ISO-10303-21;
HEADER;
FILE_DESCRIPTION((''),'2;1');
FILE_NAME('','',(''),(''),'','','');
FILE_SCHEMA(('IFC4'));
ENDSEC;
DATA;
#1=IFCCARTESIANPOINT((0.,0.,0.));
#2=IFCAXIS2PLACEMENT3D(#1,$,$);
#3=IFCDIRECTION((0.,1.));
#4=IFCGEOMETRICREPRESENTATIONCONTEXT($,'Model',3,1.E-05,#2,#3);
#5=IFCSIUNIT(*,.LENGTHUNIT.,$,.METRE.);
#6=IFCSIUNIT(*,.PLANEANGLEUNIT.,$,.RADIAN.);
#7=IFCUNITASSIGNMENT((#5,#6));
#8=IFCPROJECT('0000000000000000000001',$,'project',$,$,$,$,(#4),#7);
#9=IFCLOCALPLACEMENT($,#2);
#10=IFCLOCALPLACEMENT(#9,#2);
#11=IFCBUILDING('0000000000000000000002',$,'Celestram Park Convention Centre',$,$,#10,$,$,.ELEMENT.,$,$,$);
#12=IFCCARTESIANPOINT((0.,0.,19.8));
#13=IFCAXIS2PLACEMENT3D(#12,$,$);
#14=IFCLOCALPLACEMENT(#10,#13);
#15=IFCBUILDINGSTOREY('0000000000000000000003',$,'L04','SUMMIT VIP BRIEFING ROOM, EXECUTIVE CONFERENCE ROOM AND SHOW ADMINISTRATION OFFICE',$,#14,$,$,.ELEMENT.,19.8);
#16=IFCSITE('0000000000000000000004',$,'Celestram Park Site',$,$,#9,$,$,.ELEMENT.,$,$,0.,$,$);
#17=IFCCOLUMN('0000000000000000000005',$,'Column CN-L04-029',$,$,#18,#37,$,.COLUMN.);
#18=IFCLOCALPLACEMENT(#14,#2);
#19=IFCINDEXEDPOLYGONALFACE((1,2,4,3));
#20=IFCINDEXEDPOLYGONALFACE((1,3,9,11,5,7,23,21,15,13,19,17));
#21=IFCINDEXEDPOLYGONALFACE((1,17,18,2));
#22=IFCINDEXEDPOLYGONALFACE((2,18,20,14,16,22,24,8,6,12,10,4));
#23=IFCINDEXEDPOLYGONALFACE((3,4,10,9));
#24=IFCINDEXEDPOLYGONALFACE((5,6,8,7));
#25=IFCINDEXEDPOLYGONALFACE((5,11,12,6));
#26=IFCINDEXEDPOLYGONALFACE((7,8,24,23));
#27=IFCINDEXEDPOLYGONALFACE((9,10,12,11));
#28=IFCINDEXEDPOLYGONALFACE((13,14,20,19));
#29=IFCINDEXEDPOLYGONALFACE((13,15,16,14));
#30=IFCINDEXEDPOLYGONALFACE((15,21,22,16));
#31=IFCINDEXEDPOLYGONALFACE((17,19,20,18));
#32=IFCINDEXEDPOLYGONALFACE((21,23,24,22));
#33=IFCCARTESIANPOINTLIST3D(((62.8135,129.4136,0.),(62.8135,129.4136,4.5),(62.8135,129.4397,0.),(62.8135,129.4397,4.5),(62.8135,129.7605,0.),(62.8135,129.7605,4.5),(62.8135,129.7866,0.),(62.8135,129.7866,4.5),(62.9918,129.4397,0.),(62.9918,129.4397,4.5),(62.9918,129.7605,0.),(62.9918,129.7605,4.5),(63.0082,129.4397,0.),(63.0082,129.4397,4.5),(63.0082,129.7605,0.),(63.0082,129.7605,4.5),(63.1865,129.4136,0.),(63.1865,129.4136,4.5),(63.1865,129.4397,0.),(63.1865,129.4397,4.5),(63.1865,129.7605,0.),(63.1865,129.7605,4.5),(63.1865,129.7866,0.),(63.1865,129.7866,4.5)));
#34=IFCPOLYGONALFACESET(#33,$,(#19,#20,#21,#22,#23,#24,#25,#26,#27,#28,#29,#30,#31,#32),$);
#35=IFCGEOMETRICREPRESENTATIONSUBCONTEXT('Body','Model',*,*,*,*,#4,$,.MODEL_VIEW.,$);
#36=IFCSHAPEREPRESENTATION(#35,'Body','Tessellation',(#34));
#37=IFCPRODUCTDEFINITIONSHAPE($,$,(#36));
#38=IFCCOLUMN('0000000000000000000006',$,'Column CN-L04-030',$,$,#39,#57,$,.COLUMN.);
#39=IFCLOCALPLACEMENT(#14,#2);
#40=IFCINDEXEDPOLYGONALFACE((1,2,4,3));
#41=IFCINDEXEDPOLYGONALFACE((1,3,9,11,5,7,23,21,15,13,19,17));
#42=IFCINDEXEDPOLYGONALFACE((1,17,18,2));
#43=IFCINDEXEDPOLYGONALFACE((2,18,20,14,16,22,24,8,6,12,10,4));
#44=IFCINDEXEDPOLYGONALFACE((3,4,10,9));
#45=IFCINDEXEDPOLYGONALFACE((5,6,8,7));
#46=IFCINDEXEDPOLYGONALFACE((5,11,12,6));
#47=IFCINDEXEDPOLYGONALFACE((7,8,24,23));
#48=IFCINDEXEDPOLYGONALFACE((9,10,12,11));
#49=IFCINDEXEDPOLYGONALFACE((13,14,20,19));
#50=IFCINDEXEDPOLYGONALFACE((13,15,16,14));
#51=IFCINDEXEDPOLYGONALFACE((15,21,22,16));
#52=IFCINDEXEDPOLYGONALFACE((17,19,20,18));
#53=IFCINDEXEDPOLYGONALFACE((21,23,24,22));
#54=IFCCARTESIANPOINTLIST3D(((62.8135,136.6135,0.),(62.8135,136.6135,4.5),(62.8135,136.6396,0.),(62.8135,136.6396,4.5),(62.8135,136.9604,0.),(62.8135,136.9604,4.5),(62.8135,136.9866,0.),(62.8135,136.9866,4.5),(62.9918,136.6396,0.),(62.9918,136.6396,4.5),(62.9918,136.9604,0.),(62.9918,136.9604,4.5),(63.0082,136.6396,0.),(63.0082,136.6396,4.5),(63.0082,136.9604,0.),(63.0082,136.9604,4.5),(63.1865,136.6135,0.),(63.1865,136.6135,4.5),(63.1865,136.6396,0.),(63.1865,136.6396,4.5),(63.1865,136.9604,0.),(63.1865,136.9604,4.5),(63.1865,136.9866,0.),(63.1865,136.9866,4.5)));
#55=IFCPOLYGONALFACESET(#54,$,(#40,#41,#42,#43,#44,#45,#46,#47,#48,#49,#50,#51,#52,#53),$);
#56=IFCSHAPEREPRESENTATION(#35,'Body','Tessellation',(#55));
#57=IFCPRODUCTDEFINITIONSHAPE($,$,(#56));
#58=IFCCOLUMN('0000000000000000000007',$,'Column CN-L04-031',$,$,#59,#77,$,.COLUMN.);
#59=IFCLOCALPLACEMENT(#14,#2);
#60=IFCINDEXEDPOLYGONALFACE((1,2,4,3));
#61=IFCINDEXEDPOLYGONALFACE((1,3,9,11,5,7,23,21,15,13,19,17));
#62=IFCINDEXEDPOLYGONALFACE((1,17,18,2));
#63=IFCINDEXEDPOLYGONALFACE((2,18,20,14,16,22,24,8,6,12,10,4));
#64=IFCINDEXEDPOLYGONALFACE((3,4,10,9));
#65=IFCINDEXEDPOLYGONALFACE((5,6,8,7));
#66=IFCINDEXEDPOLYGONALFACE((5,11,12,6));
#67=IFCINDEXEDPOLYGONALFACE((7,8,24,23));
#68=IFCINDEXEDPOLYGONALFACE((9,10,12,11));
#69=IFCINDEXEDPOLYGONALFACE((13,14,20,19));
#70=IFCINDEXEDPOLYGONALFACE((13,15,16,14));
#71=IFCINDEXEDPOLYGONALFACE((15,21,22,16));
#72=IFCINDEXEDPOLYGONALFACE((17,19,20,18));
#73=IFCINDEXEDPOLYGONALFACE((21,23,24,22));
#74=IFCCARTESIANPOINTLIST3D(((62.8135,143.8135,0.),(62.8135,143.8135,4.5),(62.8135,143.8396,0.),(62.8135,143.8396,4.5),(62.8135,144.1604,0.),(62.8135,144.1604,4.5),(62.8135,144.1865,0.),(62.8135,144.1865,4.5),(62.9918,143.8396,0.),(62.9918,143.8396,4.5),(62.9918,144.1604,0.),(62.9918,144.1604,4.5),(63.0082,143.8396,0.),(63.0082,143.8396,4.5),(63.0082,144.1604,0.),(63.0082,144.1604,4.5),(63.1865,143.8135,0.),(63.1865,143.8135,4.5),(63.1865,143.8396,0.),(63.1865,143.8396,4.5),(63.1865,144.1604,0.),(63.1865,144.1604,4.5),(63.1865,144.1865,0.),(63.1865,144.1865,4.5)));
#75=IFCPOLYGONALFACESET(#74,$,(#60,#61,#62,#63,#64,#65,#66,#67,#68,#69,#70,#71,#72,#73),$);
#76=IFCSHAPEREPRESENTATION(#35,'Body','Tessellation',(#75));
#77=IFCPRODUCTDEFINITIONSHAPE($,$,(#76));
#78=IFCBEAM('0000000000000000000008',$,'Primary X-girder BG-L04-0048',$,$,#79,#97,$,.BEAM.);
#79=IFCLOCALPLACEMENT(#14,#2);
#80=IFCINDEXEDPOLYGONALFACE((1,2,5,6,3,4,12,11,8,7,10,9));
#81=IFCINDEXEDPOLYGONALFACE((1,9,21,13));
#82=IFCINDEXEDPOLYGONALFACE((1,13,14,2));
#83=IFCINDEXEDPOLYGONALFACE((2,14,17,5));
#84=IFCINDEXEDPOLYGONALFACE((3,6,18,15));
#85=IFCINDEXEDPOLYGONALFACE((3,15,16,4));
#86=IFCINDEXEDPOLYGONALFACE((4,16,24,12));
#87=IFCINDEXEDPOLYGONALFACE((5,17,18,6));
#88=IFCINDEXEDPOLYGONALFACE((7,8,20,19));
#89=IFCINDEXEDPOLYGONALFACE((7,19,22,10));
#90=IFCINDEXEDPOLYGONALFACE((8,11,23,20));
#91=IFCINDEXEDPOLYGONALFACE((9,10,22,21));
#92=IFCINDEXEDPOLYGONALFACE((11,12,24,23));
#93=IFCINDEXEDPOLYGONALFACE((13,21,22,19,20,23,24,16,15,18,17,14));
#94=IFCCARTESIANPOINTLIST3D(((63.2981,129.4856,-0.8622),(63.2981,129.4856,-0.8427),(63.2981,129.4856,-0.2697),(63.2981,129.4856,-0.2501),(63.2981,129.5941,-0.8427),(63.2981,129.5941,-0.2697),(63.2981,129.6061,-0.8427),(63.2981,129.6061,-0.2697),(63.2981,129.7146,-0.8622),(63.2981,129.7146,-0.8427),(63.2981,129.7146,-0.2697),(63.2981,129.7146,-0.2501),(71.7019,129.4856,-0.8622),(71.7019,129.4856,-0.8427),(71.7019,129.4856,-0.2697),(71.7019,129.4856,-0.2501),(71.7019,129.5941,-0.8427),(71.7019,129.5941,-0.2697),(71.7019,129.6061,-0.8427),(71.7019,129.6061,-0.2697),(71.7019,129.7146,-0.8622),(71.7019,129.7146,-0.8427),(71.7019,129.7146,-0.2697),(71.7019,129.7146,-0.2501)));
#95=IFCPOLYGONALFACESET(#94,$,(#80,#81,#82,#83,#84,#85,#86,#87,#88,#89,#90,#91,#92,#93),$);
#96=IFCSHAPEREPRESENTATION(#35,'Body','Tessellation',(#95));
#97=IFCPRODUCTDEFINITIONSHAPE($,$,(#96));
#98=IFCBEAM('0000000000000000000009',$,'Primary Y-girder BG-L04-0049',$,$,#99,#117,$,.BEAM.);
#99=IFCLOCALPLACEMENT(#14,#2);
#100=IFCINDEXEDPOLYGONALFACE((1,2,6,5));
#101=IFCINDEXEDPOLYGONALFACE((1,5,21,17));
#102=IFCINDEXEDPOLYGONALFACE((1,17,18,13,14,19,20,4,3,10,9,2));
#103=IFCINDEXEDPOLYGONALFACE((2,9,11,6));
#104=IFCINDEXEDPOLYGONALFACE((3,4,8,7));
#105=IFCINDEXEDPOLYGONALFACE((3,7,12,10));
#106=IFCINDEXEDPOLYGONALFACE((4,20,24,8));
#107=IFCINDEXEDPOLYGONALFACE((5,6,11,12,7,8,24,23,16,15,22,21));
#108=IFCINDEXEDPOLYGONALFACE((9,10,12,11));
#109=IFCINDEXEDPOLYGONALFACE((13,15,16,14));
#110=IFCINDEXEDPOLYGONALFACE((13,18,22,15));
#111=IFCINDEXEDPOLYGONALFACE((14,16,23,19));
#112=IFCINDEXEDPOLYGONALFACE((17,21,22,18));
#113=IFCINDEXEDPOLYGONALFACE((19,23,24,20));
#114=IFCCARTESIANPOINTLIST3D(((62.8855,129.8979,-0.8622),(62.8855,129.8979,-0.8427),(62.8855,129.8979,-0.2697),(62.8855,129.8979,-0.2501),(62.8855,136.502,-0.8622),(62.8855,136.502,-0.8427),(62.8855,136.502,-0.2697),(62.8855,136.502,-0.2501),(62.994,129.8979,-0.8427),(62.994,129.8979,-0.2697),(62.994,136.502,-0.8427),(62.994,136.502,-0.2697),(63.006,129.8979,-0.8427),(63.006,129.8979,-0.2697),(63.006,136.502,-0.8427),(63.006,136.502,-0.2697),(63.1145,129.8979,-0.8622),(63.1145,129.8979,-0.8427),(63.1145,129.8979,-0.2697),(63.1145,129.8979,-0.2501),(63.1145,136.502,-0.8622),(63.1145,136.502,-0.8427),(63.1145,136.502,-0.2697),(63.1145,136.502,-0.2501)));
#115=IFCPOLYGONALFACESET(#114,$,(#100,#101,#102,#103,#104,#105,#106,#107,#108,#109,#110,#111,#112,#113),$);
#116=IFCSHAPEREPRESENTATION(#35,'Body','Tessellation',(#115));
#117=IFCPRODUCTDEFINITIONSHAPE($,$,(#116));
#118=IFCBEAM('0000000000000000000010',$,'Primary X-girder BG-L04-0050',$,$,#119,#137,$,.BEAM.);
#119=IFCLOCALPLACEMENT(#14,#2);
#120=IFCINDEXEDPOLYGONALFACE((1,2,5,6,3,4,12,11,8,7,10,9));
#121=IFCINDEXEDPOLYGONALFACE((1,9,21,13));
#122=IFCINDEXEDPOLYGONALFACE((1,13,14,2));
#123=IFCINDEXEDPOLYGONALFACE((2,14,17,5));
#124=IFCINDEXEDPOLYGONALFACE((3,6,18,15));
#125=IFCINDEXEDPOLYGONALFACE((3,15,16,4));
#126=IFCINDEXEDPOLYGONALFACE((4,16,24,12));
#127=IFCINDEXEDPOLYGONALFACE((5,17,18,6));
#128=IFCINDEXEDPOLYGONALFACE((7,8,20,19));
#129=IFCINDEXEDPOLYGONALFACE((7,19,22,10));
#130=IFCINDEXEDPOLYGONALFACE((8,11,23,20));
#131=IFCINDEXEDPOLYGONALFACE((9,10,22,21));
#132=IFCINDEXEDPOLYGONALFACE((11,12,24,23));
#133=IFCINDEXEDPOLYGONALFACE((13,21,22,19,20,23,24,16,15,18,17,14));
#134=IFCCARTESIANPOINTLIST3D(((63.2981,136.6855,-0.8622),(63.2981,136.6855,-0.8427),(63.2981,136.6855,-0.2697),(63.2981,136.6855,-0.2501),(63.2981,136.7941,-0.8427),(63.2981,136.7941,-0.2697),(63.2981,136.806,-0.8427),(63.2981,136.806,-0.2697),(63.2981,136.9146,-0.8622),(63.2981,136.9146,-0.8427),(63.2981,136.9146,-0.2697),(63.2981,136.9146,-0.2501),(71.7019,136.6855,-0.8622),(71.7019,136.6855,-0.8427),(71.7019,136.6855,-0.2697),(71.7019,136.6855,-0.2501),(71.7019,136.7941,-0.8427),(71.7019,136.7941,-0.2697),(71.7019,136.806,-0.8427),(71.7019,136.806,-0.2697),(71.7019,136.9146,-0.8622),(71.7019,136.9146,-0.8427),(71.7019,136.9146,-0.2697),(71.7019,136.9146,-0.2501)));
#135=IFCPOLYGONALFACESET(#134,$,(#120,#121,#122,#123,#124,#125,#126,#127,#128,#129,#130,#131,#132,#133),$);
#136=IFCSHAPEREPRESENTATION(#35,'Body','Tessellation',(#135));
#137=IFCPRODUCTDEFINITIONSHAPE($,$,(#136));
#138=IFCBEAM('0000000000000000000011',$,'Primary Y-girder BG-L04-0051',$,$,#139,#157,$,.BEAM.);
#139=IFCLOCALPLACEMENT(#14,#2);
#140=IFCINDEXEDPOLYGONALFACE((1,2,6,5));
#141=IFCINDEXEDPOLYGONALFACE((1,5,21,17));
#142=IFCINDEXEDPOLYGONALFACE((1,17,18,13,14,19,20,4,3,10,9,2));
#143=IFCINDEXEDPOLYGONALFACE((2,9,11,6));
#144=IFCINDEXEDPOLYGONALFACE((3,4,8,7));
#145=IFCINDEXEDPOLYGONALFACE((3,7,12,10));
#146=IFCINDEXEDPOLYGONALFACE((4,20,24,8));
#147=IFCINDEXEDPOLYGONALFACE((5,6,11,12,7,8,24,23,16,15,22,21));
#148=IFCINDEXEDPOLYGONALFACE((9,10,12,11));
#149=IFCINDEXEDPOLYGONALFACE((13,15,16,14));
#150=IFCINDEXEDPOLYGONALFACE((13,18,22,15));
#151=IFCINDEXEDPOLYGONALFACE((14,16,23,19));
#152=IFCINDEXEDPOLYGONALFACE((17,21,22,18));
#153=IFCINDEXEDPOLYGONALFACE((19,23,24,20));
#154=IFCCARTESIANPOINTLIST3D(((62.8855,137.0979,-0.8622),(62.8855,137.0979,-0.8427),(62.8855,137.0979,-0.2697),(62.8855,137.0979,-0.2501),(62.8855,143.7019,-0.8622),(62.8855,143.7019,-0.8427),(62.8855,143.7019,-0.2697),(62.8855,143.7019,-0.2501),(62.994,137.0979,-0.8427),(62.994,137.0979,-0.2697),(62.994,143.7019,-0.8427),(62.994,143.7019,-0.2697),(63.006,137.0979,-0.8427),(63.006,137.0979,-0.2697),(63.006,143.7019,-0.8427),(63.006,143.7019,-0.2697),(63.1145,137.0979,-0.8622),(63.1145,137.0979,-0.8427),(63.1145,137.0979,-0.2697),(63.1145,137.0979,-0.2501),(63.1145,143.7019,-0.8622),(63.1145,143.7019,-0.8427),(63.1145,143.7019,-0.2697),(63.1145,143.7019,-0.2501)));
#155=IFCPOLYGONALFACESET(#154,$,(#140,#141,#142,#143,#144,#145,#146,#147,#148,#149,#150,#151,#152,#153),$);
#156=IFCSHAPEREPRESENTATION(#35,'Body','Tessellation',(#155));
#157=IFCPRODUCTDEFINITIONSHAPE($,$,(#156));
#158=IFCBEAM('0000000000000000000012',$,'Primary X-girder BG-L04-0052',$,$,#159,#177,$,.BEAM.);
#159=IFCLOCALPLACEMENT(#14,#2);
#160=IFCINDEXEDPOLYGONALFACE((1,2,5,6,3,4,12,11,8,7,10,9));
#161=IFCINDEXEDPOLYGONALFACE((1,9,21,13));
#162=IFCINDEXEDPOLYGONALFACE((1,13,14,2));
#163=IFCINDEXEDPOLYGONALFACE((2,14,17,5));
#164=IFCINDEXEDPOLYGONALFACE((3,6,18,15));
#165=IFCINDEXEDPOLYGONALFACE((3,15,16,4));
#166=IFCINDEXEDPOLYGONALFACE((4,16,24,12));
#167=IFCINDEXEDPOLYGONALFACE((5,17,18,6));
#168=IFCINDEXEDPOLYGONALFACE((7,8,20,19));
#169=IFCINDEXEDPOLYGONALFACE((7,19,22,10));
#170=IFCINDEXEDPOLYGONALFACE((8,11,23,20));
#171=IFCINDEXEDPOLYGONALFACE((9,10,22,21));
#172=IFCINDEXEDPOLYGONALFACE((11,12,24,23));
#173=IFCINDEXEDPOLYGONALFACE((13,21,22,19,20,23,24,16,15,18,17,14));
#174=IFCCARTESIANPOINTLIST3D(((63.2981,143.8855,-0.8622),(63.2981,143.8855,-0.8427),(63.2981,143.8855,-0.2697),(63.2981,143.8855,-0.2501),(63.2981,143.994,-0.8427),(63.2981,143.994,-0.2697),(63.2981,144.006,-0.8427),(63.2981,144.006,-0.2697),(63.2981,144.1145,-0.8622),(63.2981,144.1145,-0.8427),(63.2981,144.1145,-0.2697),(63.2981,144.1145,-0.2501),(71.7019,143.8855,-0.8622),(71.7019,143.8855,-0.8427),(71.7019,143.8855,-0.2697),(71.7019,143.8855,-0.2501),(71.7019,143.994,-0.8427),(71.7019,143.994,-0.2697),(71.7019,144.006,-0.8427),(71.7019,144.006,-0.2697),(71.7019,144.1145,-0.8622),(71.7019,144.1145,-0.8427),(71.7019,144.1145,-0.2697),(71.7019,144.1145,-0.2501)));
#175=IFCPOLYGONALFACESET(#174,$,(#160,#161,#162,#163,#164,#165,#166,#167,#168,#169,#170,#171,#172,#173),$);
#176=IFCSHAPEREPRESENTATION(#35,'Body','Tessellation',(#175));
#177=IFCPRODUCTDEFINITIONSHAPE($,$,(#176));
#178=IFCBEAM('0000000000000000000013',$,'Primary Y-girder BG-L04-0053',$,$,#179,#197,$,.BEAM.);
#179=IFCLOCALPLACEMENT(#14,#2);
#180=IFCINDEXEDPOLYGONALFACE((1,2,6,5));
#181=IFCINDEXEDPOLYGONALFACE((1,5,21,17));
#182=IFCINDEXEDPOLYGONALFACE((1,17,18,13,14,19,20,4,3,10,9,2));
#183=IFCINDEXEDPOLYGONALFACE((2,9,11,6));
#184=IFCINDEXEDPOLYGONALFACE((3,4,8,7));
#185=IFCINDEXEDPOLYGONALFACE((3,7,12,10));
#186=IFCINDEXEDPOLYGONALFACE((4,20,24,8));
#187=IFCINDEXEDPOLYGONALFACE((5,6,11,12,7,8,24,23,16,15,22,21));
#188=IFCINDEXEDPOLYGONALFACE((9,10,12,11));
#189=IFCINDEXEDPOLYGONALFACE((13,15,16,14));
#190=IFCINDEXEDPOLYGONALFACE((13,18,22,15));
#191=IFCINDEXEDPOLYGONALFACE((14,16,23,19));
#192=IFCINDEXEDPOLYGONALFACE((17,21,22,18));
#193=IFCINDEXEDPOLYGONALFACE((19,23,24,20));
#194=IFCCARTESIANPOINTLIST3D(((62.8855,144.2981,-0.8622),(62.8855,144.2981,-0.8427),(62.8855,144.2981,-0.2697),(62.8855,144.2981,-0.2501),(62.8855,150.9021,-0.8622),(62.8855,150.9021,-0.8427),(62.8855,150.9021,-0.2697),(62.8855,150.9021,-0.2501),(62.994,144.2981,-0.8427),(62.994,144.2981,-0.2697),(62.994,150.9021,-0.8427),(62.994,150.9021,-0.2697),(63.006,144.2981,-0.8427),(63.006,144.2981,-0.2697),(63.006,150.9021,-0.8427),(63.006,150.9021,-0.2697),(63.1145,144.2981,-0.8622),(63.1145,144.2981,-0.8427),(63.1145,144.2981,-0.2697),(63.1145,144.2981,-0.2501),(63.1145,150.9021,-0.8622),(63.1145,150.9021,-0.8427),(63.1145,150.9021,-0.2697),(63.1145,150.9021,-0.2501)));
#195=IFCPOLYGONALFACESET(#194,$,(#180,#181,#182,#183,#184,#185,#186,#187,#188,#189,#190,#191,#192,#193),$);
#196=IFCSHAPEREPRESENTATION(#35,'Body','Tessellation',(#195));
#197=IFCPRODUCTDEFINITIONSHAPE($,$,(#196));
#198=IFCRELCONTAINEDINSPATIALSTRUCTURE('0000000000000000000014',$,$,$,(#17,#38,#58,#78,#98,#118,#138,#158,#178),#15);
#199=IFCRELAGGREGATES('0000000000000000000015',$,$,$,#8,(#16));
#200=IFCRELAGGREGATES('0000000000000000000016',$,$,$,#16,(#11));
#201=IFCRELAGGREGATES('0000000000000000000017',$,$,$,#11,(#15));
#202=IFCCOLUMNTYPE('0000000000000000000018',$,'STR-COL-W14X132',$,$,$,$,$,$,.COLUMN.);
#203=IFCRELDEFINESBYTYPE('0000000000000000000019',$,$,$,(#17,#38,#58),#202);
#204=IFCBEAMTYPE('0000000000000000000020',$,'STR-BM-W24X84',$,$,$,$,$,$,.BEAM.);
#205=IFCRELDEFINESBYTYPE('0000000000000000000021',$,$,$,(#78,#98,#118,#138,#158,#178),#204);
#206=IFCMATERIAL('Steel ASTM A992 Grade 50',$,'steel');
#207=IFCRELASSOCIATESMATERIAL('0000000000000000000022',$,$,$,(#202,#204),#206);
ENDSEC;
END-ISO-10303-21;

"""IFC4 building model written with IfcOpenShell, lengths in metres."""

from ifc_helpers import new_model, si_unit, direction, frame, origin, origin_2d, place, context, subcontext, project, spatial, i_section, extrude, material, material_profile, profile_set, type_object, element, save


model = new_model("IFC4")

# Units and contexts
model_context = context("Model", 3, precision=1e-05, world=origin(), true_north=direction((0.0, 1.0)))
body_context = subcontext(model_context, "Body", "Model", "MODEL_VIEW")
ifc_project = project(units=[si_unit("LENGTHUNIT", "METRE"), si_unit("PLANEANGLEUNIT", "RADIAN")], contexts=[model_context])

# Site, building, storey
site_placement = place(None, origin())
site = spatial("IfcSite", under=ifc_project, at=site_placement, Name="Celestram Park Site", CompositionType="ELEMENT", RefElevation=0.0)
building_placement = place(site_placement, origin())
building = spatial("IfcBuilding", under=site, at=building_placement, Name="Celestram Park Convention Centre", CompositionType="ELEMENT")
storey_placement = place(building_placement, frame((0.0, 0.0, 19.8)))
storey = spatial("IfcBuildingStorey", under=building, at=storey_placement, Name="L04", Description="SUMMIT VIP BRIEFING ROOM, EXECUTIVE CONFERENCE ROOM AND SHOW ADMINISTRATION OFFICE", CompositionType="ELEMENT", Elevation=19.8)

# Columns
ifc_material_1 = material(Name="Steel ASTM A992 Grade 50", Category="steel")
ifc_material_profile_1 = material_profile(ifc_material_1, i_section(OverallWidth=0.373, OverallDepth=0.373, WebThickness=0.0164, FlangeThickness=0.0261, at=origin_2d()), Name="W14X132")
ifc_profile_set_1 = profile_set([ifc_material_profile_1], Name="Steel ASTM A992 Grade 50")
column_type = type_object("IfcColumnType", Name="STR-COL-W14X132", PredefinedType="COLUMN", material=ifc_profile_set_1)
for number, where, z_axis, x_axis, name in (
    (1, (63.0, 129.6001, 0.0), (0.0, 0.0, 1.0), (1.0, 0.0, 0.0), "Column CN-L04-029"),
    (2, (63.0, 136.8, 0.0), (0.0, 0.0, 1.0), (1.0, 0.0, 0.0), "Column CN-L04-030"),
    (3, (63.0, 144.0, 0.0), (0.0, 0.0, 1.0), (1.0, 0.0, 0.0), "Column CN-L04-031"),
):
    element("IfcColumn", number, at=place(storey_placement, frame(where, z_axis=z_axis, x_axis=x_axis)), inside=storey, type_object=column_type, Name=name, PredefinedType="COLUMN", context=body_context, shape_type="SweptSolid", body=[
        extrude(i_section(OverallWidth=0.373, OverallDepth=0.373, WebThickness=0.0164, FlangeThickness=0.0261, at=origin_2d()), origin(), (0.0, 0.0, 1.0), 4.5),
    ])

# Beams
ifc_material_profile_2 = material_profile(ifc_material_1, i_section(OverallWidth=0.229, OverallDepth=0.6121, WebThickness=0.012, FlangeThickness=0.0195, at=origin_2d()), Name="W24X84")
ifc_profile_set_2 = profile_set([ifc_material_profile_2], Name="Steel ASTM A992 Grade 50")
beam_type_1 = type_object("IfcBeamType", Name="STR-BM-W24X84", PredefinedType="BEAM", material=ifc_profile_set_2)
beam_1_placement = place(storey_placement, frame((63.2981, 129.6001, -0.5562), z_axis=(1.0, 0.0, 0.0), x_axis=(0.0, 1.0, 0.0)))
element("IfcBeam", 4, at=beam_1_placement, inside=storey, type_object=beam_type_1, Name="Primary X-girder BG-L04-0048", PredefinedType="BEAM", context=body_context, shape_type="SweptSolid", body=[
    extrude(i_section(OverallWidth=0.229, OverallDepth=0.6121, WebThickness=0.012, FlangeThickness=0.0195, at=origin_2d()), origin(), (0.0, 0.0, 1.0), 8.4038),
])
beam_2_placement = place(storey_placement, frame((63.0, 129.8979, -0.5562), z_axis=(0.0, 1.0, 0.0), x_axis=(-1.0, 0.0, 0.0)))
element("IfcBeam", 5, at=beam_2_placement, inside=storey, type_object=beam_type_1, Name="Primary Y-girder BG-L04-0049", PredefinedType="BEAM", context=body_context, shape_type="SweptSolid", body=[
    extrude(i_section(OverallWidth=0.229, OverallDepth=0.6121, WebThickness=0.012, FlangeThickness=0.0195, at=origin_2d()), origin(), (0.0, 0.0, 1.0), 6.604),
])
beam_3_placement = place(storey_placement, frame((63.2981, 136.8, -0.5562), z_axis=(1.0, 0.0, 0.0), x_axis=(0.0, 1.0, 0.0)))
element("IfcBeam", 6, at=beam_3_placement, inside=storey, type_object=beam_type_1, Name="Primary X-girder BG-L04-0050", PredefinedType="BEAM", context=body_context, shape_type="SweptSolid", body=[
    extrude(i_section(OverallWidth=0.229, OverallDepth=0.6121, WebThickness=0.012, FlangeThickness=0.0195, at=origin_2d()), origin(), (0.0, 0.0, 1.0), 8.4038),
])
beam_4_placement = place(storey_placement, frame((63.0, 137.0979, -0.5562), z_axis=(0.0, 1.0, 0.0), x_axis=(-1.0, 0.0, 0.0)))
element("IfcBeam", 7, at=beam_4_placement, inside=storey, type_object=beam_type_1, Name="Primary Y-girder BG-L04-0051", PredefinedType="BEAM", context=body_context, shape_type="SweptSolid", body=[
    extrude(i_section(OverallWidth=0.229, OverallDepth=0.6121, WebThickness=0.012, FlangeThickness=0.0195, at=origin_2d()), origin(), (0.0, 0.0, 1.0), 6.604),
])
beam_5_placement = place(storey_placement, frame((63.2981, 144.0, -0.5562), z_axis=(1.0, 0.0, 0.0), x_axis=(0.0, 1.0, 0.0)))
element("IfcBeam", 8, at=beam_5_placement, inside=storey, type_object=beam_type_1, Name="Primary X-girder BG-L04-0052", PredefinedType="BEAM", context=body_context, shape_type="SweptSolid", body=[
    extrude(i_section(OverallWidth=0.229, OverallDepth=0.6121, WebThickness=0.012, FlangeThickness=0.0195, at=origin_2d()), origin(), (0.0, 0.0, 1.0), 8.4038),
])
beam_6_placement = place(storey_placement, frame((63.0, 144.2981, -0.5562), z_axis=(0.0, 1.0, 0.0), x_axis=(-1.0, 0.0, 0.0)))
element("IfcBeam", 9, at=beam_6_placement, inside=storey, type_object=beam_type_1, Name="Primary Y-girder BG-L04-0053", PredefinedType="BEAM", context=body_context, shape_type="SweptSolid", body=[
    extrude(i_section(OverallWidth=0.229, OverallDepth=0.6121, WebThickness=0.012, FlangeThickness=0.0195, at=origin_2d()), origin(), (0.0, 0.0, 1.0), 6.604),
])

save(model, "model.ifc")
